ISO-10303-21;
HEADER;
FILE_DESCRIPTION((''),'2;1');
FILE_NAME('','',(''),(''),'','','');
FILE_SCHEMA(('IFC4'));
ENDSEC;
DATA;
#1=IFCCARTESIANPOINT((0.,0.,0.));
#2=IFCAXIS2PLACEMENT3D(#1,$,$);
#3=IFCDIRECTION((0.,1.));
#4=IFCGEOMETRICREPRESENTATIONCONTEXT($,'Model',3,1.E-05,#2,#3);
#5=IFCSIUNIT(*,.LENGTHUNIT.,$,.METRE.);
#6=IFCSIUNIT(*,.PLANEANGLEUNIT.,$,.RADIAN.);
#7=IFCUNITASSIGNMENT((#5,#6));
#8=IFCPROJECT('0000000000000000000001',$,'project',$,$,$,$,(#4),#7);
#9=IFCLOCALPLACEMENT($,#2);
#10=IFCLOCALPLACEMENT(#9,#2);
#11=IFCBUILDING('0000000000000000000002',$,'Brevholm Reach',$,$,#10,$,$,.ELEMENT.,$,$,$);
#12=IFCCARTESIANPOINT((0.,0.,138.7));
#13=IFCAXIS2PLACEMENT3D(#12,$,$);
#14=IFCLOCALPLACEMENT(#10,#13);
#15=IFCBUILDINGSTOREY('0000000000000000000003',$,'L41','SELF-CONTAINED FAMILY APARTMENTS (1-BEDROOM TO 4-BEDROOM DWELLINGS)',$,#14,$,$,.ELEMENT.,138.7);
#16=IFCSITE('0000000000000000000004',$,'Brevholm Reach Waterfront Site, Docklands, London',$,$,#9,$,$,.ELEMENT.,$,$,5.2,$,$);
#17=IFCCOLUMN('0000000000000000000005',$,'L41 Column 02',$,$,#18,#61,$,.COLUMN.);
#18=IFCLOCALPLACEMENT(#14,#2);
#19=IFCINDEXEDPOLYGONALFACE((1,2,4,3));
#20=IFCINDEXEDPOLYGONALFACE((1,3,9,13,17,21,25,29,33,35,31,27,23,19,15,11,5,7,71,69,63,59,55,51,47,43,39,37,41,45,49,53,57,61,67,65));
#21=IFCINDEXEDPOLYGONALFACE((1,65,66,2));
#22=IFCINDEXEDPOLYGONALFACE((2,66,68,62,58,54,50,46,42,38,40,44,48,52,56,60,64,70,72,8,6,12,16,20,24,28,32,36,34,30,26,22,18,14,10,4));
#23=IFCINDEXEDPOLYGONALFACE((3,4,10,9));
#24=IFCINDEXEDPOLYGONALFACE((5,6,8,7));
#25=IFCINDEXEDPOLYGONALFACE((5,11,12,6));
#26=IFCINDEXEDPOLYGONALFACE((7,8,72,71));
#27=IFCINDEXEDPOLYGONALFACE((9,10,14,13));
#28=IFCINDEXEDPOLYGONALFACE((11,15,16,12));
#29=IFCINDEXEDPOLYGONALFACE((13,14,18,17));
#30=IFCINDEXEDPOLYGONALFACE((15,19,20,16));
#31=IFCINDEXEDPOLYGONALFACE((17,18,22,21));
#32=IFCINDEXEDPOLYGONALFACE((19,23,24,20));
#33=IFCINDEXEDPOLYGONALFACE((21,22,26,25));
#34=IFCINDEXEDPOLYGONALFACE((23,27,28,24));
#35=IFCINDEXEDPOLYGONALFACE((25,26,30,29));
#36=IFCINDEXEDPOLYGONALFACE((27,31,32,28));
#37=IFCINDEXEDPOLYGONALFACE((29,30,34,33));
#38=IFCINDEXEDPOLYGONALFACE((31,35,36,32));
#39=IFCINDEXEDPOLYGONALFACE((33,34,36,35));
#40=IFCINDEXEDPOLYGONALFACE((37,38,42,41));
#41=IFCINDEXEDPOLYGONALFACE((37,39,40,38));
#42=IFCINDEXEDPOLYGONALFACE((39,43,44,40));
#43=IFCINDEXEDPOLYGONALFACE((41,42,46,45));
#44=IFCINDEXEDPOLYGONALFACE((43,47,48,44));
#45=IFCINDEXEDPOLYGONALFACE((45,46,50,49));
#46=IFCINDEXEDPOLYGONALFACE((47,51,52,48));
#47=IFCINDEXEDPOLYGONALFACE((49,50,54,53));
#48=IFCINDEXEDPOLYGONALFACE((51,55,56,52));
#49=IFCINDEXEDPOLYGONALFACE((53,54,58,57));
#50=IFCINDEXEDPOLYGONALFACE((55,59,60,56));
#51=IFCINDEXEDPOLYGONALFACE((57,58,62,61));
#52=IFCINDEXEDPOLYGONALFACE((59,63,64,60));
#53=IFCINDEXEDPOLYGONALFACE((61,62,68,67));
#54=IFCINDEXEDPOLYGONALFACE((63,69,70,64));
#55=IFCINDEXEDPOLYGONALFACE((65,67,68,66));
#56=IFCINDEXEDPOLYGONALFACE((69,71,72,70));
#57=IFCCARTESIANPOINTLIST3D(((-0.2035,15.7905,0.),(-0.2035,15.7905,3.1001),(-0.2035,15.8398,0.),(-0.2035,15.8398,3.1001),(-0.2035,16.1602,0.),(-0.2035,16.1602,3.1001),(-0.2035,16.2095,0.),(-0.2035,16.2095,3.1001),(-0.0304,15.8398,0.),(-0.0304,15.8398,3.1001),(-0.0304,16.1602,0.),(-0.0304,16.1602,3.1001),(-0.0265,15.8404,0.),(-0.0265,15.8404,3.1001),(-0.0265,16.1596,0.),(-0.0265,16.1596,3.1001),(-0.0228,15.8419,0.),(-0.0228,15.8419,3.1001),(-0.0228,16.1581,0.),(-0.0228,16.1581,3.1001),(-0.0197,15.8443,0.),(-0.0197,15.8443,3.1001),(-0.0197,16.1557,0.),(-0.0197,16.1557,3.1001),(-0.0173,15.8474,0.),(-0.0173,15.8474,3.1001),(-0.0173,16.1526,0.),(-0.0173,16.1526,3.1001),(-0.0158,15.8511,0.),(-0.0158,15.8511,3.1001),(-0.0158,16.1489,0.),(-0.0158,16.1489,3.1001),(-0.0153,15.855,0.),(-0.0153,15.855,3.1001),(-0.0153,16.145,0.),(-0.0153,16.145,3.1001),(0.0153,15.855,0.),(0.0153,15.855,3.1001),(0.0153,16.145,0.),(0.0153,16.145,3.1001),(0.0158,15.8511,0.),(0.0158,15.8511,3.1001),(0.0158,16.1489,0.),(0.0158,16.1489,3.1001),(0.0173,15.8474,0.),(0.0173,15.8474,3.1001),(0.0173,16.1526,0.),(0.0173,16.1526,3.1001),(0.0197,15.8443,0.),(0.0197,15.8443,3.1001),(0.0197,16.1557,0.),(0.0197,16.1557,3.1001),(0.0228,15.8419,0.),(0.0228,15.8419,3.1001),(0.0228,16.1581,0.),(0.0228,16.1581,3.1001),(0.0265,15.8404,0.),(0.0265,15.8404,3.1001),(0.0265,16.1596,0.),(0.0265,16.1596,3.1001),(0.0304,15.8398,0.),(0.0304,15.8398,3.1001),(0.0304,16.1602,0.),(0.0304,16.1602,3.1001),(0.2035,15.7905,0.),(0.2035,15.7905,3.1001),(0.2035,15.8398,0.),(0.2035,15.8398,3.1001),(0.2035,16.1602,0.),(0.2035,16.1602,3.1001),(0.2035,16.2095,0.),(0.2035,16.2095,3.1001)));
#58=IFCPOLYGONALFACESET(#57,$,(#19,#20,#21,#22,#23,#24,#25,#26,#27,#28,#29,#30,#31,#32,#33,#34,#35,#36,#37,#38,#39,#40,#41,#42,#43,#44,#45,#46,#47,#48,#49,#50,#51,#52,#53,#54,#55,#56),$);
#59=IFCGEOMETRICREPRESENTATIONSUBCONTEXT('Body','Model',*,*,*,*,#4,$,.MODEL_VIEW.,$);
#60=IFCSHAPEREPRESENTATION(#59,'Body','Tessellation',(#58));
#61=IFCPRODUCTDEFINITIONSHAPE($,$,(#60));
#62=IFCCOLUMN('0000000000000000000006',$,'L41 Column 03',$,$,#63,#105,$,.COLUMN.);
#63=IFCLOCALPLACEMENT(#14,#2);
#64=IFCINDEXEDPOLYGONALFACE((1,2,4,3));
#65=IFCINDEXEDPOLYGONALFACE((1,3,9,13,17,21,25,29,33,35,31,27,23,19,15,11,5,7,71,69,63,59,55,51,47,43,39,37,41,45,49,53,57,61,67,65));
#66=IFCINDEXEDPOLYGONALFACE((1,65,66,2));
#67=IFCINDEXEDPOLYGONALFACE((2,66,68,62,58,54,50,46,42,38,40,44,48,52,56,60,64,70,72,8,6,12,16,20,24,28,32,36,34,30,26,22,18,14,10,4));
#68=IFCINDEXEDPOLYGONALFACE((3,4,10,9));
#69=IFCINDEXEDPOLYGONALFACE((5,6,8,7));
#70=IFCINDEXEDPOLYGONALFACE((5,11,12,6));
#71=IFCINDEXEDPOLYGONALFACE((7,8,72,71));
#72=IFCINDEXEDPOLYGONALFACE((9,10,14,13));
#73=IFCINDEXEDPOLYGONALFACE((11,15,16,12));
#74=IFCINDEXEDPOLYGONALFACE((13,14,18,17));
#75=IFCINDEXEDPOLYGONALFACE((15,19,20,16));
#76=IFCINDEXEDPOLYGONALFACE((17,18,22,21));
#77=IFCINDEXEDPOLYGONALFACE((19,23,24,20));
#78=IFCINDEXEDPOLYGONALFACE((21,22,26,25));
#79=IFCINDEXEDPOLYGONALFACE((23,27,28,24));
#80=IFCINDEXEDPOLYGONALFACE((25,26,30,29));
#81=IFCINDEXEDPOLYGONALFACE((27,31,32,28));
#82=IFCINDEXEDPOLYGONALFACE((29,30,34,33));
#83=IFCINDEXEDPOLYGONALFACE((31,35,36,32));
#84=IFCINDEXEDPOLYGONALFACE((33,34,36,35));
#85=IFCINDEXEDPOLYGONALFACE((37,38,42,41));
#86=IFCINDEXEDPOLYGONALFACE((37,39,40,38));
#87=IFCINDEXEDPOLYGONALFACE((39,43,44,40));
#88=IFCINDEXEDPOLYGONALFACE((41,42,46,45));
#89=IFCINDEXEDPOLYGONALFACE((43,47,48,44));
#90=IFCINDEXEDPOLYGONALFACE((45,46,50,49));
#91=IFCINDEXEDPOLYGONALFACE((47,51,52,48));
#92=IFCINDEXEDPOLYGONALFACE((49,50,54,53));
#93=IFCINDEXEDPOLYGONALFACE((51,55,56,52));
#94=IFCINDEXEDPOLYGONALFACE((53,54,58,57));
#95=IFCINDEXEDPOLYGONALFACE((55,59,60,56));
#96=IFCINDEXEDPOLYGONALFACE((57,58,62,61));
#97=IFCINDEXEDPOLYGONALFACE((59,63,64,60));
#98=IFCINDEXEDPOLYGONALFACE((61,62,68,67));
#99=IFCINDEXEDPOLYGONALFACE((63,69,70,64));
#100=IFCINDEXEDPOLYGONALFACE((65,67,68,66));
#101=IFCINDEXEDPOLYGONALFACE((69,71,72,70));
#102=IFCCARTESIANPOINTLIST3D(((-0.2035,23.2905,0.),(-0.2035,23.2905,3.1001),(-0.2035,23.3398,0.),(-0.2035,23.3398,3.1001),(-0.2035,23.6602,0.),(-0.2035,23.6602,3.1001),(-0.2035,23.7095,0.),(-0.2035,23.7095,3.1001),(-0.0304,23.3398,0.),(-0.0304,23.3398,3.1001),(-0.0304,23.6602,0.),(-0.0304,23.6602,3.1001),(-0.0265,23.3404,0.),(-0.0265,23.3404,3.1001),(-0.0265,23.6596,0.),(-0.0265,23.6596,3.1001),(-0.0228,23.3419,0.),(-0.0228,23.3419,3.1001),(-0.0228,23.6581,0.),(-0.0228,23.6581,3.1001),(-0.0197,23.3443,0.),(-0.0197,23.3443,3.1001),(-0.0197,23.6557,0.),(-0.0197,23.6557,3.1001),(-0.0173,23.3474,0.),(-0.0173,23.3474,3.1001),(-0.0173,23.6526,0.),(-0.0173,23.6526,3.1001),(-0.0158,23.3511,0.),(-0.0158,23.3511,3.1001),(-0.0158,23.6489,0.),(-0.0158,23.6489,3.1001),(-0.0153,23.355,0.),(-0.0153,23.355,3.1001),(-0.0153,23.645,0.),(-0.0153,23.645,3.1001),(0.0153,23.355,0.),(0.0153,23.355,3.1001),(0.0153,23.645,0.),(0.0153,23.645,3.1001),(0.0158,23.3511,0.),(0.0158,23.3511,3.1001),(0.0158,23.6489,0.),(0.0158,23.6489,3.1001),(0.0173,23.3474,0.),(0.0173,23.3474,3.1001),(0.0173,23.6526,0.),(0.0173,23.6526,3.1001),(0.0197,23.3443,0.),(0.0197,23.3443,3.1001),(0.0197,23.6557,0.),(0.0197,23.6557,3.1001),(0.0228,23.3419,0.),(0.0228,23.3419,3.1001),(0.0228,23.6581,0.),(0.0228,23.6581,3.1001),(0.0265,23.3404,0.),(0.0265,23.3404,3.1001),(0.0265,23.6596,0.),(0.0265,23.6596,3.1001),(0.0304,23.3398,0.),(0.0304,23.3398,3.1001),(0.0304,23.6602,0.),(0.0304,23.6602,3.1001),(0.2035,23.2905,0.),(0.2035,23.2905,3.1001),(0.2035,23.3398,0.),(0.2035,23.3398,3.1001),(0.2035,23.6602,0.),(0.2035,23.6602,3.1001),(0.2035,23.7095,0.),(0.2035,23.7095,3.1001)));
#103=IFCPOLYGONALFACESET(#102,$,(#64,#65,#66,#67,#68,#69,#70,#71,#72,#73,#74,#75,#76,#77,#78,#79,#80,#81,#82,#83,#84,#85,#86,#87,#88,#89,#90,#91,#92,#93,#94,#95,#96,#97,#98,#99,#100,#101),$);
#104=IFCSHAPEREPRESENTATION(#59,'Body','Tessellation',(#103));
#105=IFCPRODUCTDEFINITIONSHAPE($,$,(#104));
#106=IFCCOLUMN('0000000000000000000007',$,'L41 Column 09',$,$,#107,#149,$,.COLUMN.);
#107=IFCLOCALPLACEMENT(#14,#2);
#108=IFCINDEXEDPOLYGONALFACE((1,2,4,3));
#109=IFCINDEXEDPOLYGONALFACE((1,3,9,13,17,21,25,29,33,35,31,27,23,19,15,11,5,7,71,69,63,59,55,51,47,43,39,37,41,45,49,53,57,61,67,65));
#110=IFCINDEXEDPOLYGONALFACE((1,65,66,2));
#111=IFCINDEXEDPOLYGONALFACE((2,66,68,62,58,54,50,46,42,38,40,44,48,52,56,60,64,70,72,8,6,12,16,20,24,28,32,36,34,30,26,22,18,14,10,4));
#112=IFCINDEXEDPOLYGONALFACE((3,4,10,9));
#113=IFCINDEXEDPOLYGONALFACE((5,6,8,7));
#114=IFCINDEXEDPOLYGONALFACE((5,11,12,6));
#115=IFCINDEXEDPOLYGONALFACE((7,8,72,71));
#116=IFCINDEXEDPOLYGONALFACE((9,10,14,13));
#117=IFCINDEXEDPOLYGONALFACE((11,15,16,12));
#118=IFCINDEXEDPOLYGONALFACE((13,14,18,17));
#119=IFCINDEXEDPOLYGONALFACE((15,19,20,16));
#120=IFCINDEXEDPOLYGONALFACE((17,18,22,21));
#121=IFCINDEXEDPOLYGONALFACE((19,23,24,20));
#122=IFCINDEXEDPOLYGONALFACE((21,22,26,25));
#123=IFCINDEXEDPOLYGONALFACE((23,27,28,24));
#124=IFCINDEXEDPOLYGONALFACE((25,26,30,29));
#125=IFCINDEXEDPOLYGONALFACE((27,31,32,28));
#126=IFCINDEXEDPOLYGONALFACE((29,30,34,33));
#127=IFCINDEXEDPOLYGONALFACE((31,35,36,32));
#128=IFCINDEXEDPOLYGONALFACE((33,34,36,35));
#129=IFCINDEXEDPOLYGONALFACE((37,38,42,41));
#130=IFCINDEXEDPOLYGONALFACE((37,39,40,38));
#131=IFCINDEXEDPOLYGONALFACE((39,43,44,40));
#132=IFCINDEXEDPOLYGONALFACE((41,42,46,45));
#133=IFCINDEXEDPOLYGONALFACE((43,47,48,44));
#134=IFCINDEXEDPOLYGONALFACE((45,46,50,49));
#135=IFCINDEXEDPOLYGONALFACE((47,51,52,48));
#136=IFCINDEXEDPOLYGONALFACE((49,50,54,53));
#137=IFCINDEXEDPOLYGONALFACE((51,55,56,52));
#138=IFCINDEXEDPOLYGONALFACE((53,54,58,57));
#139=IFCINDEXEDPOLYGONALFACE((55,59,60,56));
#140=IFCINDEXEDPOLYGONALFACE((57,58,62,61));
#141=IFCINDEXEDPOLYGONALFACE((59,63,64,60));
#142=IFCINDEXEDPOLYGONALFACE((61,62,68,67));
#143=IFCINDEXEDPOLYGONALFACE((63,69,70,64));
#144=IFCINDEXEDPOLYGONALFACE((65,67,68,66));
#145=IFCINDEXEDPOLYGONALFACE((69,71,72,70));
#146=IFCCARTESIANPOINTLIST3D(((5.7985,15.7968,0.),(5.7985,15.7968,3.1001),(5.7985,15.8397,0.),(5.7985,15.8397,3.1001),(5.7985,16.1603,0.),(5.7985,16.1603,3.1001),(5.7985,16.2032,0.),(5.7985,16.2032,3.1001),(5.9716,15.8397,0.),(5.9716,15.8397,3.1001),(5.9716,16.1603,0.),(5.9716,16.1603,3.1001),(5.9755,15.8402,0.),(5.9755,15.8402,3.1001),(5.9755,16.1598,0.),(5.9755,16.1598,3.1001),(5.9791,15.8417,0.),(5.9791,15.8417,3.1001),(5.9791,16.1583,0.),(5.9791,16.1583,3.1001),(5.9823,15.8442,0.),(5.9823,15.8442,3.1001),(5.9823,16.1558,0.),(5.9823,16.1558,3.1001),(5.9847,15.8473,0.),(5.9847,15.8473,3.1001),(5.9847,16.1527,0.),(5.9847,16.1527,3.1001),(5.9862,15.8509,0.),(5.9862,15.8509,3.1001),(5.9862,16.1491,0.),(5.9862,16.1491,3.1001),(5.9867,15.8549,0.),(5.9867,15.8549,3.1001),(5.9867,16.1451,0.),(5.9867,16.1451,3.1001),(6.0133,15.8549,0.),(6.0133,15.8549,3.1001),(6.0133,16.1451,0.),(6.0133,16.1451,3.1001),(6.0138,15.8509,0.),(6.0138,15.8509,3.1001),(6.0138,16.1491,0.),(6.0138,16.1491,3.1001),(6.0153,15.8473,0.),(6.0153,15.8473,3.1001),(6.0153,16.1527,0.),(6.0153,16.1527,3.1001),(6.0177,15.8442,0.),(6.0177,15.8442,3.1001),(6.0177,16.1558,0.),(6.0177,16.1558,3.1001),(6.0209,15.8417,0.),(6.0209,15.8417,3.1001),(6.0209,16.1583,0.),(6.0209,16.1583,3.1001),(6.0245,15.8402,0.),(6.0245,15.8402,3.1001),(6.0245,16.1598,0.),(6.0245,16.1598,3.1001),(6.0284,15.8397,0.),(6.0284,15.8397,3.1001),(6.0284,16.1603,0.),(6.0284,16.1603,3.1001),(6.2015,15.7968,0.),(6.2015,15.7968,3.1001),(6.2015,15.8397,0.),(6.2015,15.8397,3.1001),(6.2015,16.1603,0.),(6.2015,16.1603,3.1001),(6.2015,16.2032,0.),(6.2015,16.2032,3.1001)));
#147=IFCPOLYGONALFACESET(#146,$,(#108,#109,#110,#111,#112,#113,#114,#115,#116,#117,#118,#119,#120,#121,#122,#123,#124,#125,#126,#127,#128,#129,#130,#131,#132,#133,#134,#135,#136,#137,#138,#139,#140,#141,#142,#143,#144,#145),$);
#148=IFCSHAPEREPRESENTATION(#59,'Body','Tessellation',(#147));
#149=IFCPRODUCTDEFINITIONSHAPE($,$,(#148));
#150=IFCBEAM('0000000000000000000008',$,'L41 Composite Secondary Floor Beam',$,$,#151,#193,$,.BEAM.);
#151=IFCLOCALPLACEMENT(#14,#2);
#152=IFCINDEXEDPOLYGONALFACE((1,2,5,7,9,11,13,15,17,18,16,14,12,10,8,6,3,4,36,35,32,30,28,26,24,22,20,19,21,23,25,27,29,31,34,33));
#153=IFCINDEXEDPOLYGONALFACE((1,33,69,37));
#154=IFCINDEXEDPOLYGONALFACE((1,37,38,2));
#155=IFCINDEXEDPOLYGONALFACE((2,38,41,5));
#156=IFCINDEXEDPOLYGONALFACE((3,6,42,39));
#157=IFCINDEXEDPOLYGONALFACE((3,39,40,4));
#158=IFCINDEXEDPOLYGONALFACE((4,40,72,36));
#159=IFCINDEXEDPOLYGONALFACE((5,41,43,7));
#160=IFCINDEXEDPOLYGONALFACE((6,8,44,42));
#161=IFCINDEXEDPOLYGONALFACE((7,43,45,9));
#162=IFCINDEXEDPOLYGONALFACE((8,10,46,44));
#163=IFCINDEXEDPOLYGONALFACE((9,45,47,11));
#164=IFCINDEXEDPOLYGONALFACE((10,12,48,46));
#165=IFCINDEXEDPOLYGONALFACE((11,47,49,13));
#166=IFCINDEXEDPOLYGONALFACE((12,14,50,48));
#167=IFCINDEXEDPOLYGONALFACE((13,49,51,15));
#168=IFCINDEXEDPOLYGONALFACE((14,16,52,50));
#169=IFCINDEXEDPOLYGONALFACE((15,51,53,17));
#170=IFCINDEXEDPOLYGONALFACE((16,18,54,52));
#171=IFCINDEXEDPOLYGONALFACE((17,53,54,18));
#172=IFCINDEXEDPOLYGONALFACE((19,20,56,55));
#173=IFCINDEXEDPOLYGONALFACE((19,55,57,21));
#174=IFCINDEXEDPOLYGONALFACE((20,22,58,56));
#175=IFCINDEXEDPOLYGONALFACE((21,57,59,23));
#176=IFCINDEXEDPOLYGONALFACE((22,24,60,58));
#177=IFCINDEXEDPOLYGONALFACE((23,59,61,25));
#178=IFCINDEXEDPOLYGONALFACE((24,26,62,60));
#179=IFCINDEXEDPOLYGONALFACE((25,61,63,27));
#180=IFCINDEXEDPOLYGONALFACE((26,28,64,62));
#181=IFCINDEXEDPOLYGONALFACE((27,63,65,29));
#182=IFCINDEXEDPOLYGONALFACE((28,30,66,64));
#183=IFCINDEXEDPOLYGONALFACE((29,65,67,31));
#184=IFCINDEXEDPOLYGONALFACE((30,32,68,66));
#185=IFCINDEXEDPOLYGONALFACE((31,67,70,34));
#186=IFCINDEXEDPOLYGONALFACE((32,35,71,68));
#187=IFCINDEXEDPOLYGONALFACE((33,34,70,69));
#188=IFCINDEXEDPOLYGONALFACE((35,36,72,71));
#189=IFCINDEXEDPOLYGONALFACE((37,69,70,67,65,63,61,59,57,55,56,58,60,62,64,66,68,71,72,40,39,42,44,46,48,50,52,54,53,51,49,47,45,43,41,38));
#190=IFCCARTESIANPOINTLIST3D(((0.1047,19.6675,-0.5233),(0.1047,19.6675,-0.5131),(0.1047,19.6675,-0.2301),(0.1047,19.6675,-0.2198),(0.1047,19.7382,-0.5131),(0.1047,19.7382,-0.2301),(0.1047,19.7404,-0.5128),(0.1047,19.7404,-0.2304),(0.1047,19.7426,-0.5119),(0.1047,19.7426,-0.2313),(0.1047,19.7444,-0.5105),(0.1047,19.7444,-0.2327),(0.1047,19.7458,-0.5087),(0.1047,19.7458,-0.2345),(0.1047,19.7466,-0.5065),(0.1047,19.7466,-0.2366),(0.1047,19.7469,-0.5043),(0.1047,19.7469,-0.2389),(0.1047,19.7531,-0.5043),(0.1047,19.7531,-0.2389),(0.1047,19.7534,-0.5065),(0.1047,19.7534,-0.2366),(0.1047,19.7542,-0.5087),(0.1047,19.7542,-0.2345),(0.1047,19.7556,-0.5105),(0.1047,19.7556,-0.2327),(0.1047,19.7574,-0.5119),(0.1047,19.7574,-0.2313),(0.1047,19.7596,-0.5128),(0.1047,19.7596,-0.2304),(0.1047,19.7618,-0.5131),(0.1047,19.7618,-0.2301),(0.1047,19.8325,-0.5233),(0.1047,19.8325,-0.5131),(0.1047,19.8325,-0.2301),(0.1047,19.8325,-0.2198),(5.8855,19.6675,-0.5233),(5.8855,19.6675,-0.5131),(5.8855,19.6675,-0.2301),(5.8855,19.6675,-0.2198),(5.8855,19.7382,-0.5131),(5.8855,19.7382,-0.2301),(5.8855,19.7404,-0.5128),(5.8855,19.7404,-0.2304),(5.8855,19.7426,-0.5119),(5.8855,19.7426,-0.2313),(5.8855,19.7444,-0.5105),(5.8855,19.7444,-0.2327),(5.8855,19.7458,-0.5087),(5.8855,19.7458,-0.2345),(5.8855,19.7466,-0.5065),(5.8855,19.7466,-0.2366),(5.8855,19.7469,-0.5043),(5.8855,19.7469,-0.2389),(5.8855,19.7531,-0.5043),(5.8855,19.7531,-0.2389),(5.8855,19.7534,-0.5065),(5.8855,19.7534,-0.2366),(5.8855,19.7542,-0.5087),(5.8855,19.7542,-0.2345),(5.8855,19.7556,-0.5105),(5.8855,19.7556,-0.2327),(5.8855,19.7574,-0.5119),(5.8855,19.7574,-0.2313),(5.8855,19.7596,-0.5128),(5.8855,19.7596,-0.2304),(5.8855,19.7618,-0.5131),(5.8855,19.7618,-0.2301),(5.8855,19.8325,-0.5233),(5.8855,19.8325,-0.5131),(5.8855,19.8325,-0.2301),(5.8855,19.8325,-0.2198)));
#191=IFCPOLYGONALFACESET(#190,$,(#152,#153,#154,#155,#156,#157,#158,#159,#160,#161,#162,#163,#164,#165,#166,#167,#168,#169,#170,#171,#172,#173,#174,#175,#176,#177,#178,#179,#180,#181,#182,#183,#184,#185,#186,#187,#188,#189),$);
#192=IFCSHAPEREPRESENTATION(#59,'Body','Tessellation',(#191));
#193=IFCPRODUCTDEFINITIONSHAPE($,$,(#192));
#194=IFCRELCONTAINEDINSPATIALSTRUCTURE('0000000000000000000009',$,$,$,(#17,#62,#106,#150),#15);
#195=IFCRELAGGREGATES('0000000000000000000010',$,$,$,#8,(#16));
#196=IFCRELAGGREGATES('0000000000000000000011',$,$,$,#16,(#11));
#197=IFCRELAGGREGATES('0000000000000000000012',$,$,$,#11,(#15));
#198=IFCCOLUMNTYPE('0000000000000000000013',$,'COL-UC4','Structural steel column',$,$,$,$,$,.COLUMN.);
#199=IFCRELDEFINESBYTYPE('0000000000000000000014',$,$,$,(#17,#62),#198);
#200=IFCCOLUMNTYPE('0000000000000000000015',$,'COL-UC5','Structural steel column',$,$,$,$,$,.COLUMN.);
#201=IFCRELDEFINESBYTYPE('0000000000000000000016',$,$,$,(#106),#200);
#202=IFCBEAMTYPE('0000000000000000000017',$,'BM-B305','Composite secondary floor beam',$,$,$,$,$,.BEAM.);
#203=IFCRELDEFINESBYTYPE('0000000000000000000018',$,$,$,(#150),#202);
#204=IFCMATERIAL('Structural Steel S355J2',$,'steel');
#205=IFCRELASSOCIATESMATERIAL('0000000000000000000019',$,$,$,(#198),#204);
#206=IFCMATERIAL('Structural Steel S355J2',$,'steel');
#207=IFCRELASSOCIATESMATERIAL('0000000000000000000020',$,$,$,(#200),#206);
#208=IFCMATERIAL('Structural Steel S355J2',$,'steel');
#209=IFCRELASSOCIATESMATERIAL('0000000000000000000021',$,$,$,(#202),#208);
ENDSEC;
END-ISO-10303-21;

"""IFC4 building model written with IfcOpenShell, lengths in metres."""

from ifc_helpers import new_model, si_unit, direction, frame, origin, origin_2d, place, context, subcontext, project, spatial, i_section, extrude, material, material_profile, profile_set, type_object, element, save


model = new_model("IFC4")

# Units and contexts
model_context = context("Model", 3, precision=1e-05, world=origin(), true_north=direction((0.0, 1.0)))
body_context = subcontext(model_context, "Body", "Model", "MODEL_VIEW")
ifc_project = project(units=[si_unit("LENGTHUNIT", "METRE"), si_unit("PLANEANGLEUNIT", "RADIAN")], contexts=[model_context])

# Site, building, storey
site_placement = place(None, origin())
site = spatial("IfcSite", under=ifc_project, at=site_placement, Name="Brevholm Reach Waterfront Site, Docklands, London", CompositionType="ELEMENT", RefElevation=5.2)
building_placement = place(site_placement, origin())
building = spatial("IfcBuilding", under=site, at=building_placement, Name="Brevholm Reach", CompositionType="ELEMENT")
storey_placement = place(building_placement, frame((0.0, 0.0, 138.7)))
storey = spatial("IfcBuildingStorey", under=building, at=storey_placement, Name="L41", Description="SELF-CONTAINED FAMILY APARTMENTS (1-BEDROOM TO 4-BEDROOM DWELLINGS)", CompositionType="ELEMENT", Elevation=138.7)

# Columns
ifc_material_1 = material(Name="Structural Steel S355J2", Category="steel")
ifc_material_profile_1 = material_profile(ifc_material_1, i_section(OverallWidth=0.407, OverallDepth=0.4189, WebThickness=0.0305, FlangeThickness=0.0493, FilletRadius=0.0151, at=origin_2d()), Name="UKC 356x406x393")
ifc_profile_set_1 = profile_set([ifc_material_profile_1], Name="Structural Steel S355J2")
column_type_1 = type_object("IfcColumnType", Name="COL-UC4", Description="Structural steel column", PredefinedType="COLUMN", material=ifc_profile_set_1)
for number, where, z_axis, x_axis, name in (
    (1, (0.0, 16.0, 0.0), (0.0, 0.0, 1.0), (1.0, 0.0, 0.0), "L41 Column 02"),
    (2, (0.0, 23.5, 0.0), (0.0, 0.0, 1.0), (1.0, 0.0, 0.0), "L41 Column 03"),
):
    element("IfcColumn", number, at=place(storey_placement, frame(where, z_axis=z_axis, x_axis=x_axis)), inside=storey, type_object=column_type_1, Name=name, PredefinedType="COLUMN", context=body_context, shape_type="SweptSolid", body=[
        extrude(i_section(OverallWidth=0.407, OverallDepth=0.4189, WebThickness=0.0305, FlangeThickness=0.0493, FilletRadius=0.0151, at=origin_2d()), origin(), (0.0, 0.0, 1.0), 3.1001),
    ])
ifc_material_2 = material(Name="Structural Steel S355J2", Category="steel")
ifc_material_profile_2 = material_profile(ifc_material_2, i_section(OverallWidth=0.4031, OverallDepth=0.4065, WebThickness=0.0266, FlangeThickness=0.043, FilletRadius=0.0151, at=origin_2d()), Name="UKC 356x406x340")
ifc_profile_set_2 = profile_set([ifc_material_profile_2], Name="Structural Steel S355J2")
column_type_2 = type_object("IfcColumnType", Name="COL-UC5", Description="Structural steel column", PredefinedType="COLUMN", material=ifc_profile_set_2)
column_placement = place(storey_placement, frame((6.0, 16.0, 0.0), z_axis=(0.0, 0.0, 1.0), x_axis=(1.0, 0.0, 0.0)))
element("IfcColumn", 3, at=column_placement, inside=storey, type_object=column_type_2, Name="L41 Column 09", PredefinedType="COLUMN", context=body_context, shape_type="SweptSolid", body=[
    extrude(i_section(OverallWidth=0.4031, OverallDepth=0.4065, WebThickness=0.0266, FlangeThickness=0.043, FilletRadius=0.0151, at=origin_2d()), origin(), (0.0, 0.0, 1.0), 3.1001),
])

# Beam
ifc_material_3 = material(Name="Structural Steel S355J2", Category="steel")
ifc_material_profile_3 = material_profile(ifc_material_3, i_section(OverallWidth=0.165, OverallDepth=0.3035, WebThickness=0.0061, FlangeThickness=0.0103, FilletRadius=0.0088, at=origin_2d()), Name="UKB 305x165x40")
ifc_profile_set_3 = profile_set([ifc_material_profile_3], Name="Structural Steel S355J2")
beam_type_1 = type_object("IfcBeamType", Name="BM-B305", Description="Composite secondary floor beam", PredefinedType="BEAM", material=ifc_profile_set_3)
beam_1_placement = place(storey_placement, frame((0.1047, 19.75, -0.3716), z_axis=(1.0, 0.0, 0.0), x_axis=(0.0, 1.0, 0.0)))
element("IfcBeam", 4, at=beam_1_placement, inside=storey, type_object=beam_type_1, Name="L41 Composite Secondary Floor Beam", PredefinedType="BEAM", context=body_context, shape_type="SweptSolid", body=[
    extrude(i_section(OverallWidth=0.165, OverallDepth=0.3035, WebThickness=0.0061, FlangeThickness=0.0103, FilletRadius=0.0088, at=origin_2d()), origin(), (0.0, 0.0, 1.0), 5.7808),
])

save(model, "model.ifc")
